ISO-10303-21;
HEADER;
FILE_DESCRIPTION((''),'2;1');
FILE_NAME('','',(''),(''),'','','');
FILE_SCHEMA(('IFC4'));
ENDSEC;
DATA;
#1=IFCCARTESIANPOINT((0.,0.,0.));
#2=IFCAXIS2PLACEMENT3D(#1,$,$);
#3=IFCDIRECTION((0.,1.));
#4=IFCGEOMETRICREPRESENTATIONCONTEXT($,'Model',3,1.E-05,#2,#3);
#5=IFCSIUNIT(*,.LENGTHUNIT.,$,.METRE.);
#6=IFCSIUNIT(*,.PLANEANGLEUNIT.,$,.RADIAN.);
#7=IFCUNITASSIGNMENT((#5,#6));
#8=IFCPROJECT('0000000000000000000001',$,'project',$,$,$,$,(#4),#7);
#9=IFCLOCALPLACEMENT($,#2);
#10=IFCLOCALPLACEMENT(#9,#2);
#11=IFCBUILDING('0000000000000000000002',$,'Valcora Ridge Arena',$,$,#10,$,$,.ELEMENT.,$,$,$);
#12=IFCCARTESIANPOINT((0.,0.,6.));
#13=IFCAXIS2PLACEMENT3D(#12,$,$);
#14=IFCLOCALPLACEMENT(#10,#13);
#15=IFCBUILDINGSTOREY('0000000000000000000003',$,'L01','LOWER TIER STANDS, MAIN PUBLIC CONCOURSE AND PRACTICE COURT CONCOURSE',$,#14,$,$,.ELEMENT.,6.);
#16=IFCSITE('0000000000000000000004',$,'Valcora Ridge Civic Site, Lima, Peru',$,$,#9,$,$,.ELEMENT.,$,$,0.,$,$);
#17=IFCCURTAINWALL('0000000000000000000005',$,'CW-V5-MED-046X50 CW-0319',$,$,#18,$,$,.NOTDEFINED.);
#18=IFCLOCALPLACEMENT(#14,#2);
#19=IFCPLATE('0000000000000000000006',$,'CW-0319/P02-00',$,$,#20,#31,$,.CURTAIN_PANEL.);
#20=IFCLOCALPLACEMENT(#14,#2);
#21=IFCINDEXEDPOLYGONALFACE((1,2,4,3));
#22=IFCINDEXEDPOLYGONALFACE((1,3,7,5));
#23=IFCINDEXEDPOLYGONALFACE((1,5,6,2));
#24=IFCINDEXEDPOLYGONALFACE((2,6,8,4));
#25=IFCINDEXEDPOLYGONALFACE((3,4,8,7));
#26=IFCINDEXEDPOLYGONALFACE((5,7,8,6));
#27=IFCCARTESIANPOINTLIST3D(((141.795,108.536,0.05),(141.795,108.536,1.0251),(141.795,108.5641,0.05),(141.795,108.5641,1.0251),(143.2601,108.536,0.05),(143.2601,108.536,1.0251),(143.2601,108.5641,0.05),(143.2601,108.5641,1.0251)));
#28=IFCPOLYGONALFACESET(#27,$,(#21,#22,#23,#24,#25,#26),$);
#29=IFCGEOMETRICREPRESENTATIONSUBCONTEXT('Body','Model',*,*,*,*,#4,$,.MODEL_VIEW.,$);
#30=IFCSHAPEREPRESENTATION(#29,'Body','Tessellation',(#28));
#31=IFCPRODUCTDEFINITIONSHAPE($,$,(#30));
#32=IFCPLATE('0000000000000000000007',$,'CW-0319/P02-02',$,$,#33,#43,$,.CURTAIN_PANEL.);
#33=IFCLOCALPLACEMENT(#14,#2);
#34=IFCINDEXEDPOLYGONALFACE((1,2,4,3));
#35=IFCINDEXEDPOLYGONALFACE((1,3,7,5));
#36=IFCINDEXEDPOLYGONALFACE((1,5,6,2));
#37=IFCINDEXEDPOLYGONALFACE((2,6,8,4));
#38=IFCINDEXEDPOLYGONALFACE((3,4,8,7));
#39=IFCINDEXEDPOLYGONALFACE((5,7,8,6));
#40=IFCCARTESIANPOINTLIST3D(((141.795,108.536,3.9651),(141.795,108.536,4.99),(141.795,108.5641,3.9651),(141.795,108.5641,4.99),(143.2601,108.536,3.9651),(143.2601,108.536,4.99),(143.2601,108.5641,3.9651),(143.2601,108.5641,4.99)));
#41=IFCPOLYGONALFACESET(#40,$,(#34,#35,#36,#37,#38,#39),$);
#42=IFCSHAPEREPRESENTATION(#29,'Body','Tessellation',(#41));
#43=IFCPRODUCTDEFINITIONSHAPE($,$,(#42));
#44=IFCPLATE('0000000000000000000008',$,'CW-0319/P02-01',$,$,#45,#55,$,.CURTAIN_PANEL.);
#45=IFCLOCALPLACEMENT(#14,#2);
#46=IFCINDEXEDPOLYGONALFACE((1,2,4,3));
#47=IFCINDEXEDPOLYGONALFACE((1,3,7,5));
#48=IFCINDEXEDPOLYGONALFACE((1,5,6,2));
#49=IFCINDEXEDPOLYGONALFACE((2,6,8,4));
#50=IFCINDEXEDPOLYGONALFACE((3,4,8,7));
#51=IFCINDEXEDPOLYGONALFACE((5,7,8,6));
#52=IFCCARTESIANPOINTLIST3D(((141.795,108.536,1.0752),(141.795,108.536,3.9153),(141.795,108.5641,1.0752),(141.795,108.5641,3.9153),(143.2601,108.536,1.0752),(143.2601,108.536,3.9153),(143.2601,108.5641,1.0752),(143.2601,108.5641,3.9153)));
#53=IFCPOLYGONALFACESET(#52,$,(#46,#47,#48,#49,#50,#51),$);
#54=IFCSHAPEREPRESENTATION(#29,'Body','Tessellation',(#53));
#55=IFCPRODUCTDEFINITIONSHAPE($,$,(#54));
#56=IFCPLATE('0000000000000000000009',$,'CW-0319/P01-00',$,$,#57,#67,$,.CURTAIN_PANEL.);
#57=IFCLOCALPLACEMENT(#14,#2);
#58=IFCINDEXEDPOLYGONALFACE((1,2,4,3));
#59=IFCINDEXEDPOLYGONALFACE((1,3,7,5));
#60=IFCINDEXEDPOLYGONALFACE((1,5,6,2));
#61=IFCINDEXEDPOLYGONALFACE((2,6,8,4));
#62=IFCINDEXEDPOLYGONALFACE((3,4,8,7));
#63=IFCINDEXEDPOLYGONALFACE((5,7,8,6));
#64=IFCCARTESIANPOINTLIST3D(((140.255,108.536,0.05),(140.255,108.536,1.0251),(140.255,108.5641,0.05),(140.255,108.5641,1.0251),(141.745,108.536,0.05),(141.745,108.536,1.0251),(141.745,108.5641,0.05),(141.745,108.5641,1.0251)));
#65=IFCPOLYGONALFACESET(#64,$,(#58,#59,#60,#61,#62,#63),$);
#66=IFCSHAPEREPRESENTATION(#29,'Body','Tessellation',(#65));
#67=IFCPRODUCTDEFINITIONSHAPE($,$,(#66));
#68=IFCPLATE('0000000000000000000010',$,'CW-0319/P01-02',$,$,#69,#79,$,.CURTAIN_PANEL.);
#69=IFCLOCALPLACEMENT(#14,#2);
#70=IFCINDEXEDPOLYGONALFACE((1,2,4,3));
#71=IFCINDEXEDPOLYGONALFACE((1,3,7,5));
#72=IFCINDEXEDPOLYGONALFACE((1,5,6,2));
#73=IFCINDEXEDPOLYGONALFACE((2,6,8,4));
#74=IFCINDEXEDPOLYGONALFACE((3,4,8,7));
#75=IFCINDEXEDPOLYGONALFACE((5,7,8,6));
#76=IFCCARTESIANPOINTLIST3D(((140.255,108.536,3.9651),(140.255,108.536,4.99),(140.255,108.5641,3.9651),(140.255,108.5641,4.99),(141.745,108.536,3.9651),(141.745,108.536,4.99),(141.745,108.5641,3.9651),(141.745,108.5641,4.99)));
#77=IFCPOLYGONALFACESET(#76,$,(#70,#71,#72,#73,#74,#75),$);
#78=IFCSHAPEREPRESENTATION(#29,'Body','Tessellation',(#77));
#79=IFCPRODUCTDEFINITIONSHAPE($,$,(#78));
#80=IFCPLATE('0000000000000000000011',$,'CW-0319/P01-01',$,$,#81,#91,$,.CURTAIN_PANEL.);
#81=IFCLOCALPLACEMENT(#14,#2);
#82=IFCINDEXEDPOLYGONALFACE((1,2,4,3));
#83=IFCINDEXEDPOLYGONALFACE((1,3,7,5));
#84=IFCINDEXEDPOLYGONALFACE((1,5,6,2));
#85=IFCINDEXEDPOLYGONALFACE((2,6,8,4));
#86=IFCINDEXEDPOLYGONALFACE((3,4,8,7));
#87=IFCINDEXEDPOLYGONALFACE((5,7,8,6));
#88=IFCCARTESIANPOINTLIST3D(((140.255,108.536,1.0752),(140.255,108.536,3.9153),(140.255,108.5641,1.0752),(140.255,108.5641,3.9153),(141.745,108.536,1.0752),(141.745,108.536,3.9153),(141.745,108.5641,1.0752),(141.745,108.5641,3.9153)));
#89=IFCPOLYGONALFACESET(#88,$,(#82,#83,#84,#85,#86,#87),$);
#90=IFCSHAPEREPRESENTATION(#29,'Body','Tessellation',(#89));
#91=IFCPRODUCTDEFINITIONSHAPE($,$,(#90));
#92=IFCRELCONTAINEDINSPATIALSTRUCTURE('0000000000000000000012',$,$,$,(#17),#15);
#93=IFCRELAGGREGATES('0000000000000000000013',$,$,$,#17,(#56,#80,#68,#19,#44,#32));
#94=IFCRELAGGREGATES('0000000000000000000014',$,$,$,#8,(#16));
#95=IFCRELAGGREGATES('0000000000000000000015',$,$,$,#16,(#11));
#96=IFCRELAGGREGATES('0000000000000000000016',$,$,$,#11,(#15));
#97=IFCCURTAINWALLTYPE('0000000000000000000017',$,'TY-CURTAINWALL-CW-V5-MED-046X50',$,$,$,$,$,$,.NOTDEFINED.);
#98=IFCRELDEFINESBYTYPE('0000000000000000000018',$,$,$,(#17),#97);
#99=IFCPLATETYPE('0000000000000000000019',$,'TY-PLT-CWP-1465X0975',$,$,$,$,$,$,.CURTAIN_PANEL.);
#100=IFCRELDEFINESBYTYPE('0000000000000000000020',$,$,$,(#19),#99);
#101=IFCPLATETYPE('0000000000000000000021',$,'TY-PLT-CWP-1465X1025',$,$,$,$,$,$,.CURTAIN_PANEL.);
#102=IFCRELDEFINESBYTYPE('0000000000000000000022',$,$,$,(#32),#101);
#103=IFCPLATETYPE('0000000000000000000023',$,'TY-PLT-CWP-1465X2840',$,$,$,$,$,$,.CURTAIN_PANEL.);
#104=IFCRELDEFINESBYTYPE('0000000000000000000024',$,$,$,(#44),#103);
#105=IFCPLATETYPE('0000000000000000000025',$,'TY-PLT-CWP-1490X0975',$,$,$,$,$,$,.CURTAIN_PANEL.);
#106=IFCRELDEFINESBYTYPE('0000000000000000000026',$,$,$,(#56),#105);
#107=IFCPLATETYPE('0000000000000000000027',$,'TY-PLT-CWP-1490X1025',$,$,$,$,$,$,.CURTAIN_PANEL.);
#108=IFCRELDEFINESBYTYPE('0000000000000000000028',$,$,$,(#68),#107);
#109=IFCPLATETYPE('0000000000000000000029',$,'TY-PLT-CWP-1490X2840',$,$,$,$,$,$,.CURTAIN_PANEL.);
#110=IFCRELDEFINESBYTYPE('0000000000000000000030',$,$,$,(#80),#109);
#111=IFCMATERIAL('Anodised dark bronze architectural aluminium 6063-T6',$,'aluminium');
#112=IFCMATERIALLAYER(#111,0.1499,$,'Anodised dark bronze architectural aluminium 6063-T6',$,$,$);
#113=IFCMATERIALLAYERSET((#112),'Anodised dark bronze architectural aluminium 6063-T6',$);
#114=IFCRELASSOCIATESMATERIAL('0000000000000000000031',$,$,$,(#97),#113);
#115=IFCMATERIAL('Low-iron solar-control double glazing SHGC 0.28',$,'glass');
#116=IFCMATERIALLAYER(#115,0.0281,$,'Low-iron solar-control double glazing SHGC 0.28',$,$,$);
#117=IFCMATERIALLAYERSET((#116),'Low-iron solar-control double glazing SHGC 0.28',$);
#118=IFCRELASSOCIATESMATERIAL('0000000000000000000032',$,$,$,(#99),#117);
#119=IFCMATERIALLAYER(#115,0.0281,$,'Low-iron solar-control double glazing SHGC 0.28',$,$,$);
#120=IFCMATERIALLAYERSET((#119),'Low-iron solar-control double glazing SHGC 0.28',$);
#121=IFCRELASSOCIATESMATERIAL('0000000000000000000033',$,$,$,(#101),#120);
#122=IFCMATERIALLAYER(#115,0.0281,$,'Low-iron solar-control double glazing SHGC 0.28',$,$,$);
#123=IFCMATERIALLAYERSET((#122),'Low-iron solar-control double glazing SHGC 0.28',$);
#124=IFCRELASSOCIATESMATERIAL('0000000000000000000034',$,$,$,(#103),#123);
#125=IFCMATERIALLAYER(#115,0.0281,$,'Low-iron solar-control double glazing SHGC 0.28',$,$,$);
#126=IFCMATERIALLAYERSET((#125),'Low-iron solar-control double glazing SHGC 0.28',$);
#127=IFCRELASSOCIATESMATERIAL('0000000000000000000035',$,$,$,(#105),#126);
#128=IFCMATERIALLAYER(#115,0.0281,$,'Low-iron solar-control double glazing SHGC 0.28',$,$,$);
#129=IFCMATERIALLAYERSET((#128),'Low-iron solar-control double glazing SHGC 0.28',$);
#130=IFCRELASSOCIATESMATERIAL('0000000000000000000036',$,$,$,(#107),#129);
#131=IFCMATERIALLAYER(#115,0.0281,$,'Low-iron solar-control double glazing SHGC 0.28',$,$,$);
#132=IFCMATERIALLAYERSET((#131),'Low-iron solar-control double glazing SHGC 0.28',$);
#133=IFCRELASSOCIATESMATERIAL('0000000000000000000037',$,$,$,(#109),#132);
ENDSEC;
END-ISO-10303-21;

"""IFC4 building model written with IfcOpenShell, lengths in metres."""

from ifc_helpers import new_model, si_unit, direction, frame, origin, origin_2d, place, context, subcontext, project, spatial, rectangle, extrude, material, layer, layer_set, type_object, element, aggregate, save


model = new_model("IFC4")

# Units and contexts
model_context = context("Model", 3, precision=1e-05, world=origin(), true_north=direction((0.0, 1.0)))
body_context = subcontext(model_context, "Body", "Model", "MODEL_VIEW")
ifc_project = project(units=[si_unit("LENGTHUNIT", "METRE"), si_unit("PLANEANGLEUNIT", "RADIAN")], contexts=[model_context])

# Site, building, storey
site_placement = place(None, origin())
site = spatial("IfcSite", under=ifc_project, at=site_placement, Name="Valcora Ridge Civic Site, Lima, Peru", CompositionType="ELEMENT", RefElevation=0.0)
building_placement = place(site_placement, origin())
building = spatial("IfcBuilding", under=site, at=building_placement, Name="Valcora Ridge Arena", CompositionType="ELEMENT")
storey_placement = place(building_placement, frame((0.0, 0.0, 6.0)))
storey = spatial("IfcBuildingStorey", under=building, at=storey_placement, Name="L01", Description="LOWER TIER STANDS, MAIN PUBLIC CONCOURSE AND PRACTICE COURT CONCOURSE", CompositionType="ELEMENT", Elevation=6.0)

# Curtain wall
ifc_material_1 = material(Name="Anodised dark bronze architectural aluminium 6063-T6", Category="aluminium")
ifc_layer_1 = layer(ifc_material_1, 0.1499, Name="Anodised dark bronze architectural aluminium 6063-T6")
ifc_layer_set_1 = layer_set([ifc_layer_1], Name="Anodised dark bronze architectural aluminium 6063-T6")
curtain_wall_type = type_object("IfcCurtainWallType", Name="TY-CURTAINWALL-CW-V5-MED-046X50", PredefinedType="NOTDEFINED", material=ifc_layer_set_1)
curtain_wall_1_placement = place(storey_placement, origin())
curtain_wall_1 = element("IfcCurtainWall", 1, at=curtain_wall_1_placement, inside=storey, type_object=curtain_wall_type, Name="CW-V5-MED-046X50 CW-0319", PredefinedType="NOTDEFINED")

# Plates
ifc_material_2 = material(Name="Low-iron solar-control double glazing SHGC 0.28", Category="glass")
ifc_layer_2 = layer(ifc_material_2, 0.0281, Name="Low-iron solar-control double glazing SHGC 0.28")
ifc_layer_set_2 = layer_set([ifc_layer_2], Name="Low-iron solar-control double glazing SHGC 0.28")
plate_type_1 = type_object("IfcPlateType", Name="TY-PLT-CWP-1465X0975", PredefinedType="CURTAIN_PANEL", material=ifc_layer_set_2)
plate_1_placement = place(storey_placement, frame((142.5276, 108.55, 0.05), z_axis=(0.0, 0.0, 1.0), x_axis=(1.0, 0.0, 0.0)))
plate_1 = element("IfcPlate", 2, at=plate_1_placement, type_object=plate_type_1, Name="CW-0319/P02-00", PredefinedType="CURTAIN_PANEL", context=body_context, shape_type="SweptSolid", body=[
    extrude(rectangle(XDim=1.4651, YDim=0.0281, at=origin_2d()), origin(), (0.0, 0.0, 1.0), 0.9751),
])
ifc_layer_3 = layer(ifc_material_2, 0.0281, Name="Low-iron solar-control double glazing SHGC 0.28")
ifc_layer_set_3 = layer_set([ifc_layer_3], Name="Low-iron solar-control double glazing SHGC 0.28")
plate_type_2 = type_object("IfcPlateType", Name="TY-PLT-CWP-1465X1025", PredefinedType="CURTAIN_PANEL", material=ifc_layer_set_3)
plate_2_placement = place(storey_placement, frame((142.5276, 108.55, 3.9651), z_axis=(0.0, 0.0, 1.0), x_axis=(1.0, 0.0, 0.0)))
plate_2 = element("IfcPlate", 3, at=plate_2_placement, type_object=plate_type_2, Name="CW-0319/P02-02", PredefinedType="CURTAIN_PANEL", context=body_context, shape_type="SweptSolid", body=[
    extrude(rectangle(XDim=1.4651, YDim=0.0281, at=origin_2d()), origin(), (0.0, 0.0, 1.0), 1.0249),
])
ifc_layer_4 = layer(ifc_material_2, 0.0281, Name="Low-iron solar-control double glazing SHGC 0.28")
ifc_layer_set_4 = layer_set([ifc_layer_4], Name="Low-iron solar-control double glazing SHGC 0.28")
plate_type_3 = type_object("IfcPlateType", Name="TY-PLT-CWP-1465X2840", PredefinedType="CURTAIN_PANEL", material=ifc_layer_set_4)
plate_3_placement = place(storey_placement, frame((142.5276, 108.55, 1.0752), z_axis=(0.0, 0.0, 1.0), x_axis=(1.0, 0.0, 0.0)))
plate_3 = element("IfcPlate", 4, at=plate_3_placement, type_object=plate_type_3, Name="CW-0319/P02-01", PredefinedType="CURTAIN_PANEL", context=body_context, shape_type="SweptSolid", body=[
    extrude(rectangle(XDim=1.4651, YDim=0.0281, at=origin_2d()), origin(), (0.0, 0.0, 1.0), 2.8401),
])
ifc_layer_5 = layer(ifc_material_2, 0.0281, Name="Low-iron solar-control double glazing SHGC 0.28")
ifc_layer_set_5 = layer_set([ifc_layer_5], Name="Low-iron solar-control double glazing SHGC 0.28")
plate_type_4 = type_object("IfcPlateType", Name="TY-PLT-CWP-1490X0975", PredefinedType="CURTAIN_PANEL", material=ifc_layer_set_5)
plate_4_placement = place(storey_placement, frame((141.0, 108.55, 0.05), z_axis=(0.0, 0.0, 1.0), x_axis=(1.0, 0.0, 0.0)))
plate_4 = element("IfcPlate", 5, at=plate_4_placement, type_object=plate_type_4, Name="CW-0319/P01-00", PredefinedType="CURTAIN_PANEL", context=body_context, shape_type="SweptSolid", body=[
    extrude(rectangle(XDim=1.49, YDim=0.0281, at=origin_2d()), origin(), (0.0, 0.0, 1.0), 0.9751),
])
ifc_layer_6 = layer(ifc_material_2, 0.0281, Name="Low-iron solar-control double glazing SHGC 0.28")
ifc_layer_set_6 = layer_set([ifc_layer_6], Name="Low-iron solar-control double glazing SHGC 0.28")
plate_type_5 = type_object("IfcPlateType", Name="TY-PLT-CWP-1490X1025", PredefinedType="CURTAIN_PANEL", material=ifc_layer_set_6)
plate_5_placement = place(storey_placement, frame((141.0, 108.55, 3.9651), z_axis=(0.0, 0.0, 1.0), x_axis=(1.0, 0.0, 0.0)))
plate_5 = element("IfcPlate", 6, at=plate_5_placement, type_object=plate_type_5, Name="CW-0319/P01-02", PredefinedType="CURTAIN_PANEL", context=body_context, shape_type="SweptSolid", body=[
    extrude(rectangle(XDim=1.49, YDim=0.0281, at=origin_2d()), origin(), (0.0, 0.0, 1.0), 1.0249),
])
ifc_layer_7 = layer(ifc_material_2, 0.0281, Name="Low-iron solar-control double glazing SHGC 0.28")
ifc_layer_set_7 = layer_set([ifc_layer_7], Name="Low-iron solar-control double glazing SHGC 0.28")
plate_type_6 = type_object("IfcPlateType", Name="TY-PLT-CWP-1490X2840", PredefinedType="CURTAIN_PANEL", material=ifc_layer_set_7)
plate_6_placement = place(storey_placement, frame((141.0, 108.55, 1.0752), z_axis=(0.0, 0.0, 1.0), x_axis=(1.0, 0.0, 0.0)))
plate_6 = element("IfcPlate", 7, at=plate_6_placement, type_object=plate_type_6, Name="CW-0319/P01-01", PredefinedType="CURTAIN_PANEL", context=body_context, shape_type="SweptSolid", body=[
    extrude(rectangle(XDim=1.49, YDim=0.0281, at=origin_2d()), origin(), (0.0, 0.0, 1.0), 2.8401),
])
aggregate(curtain_wall_1, [plate_4, plate_6, plate_5, plate_1, plate_3, plate_2])

save(model, "model.ifc")
